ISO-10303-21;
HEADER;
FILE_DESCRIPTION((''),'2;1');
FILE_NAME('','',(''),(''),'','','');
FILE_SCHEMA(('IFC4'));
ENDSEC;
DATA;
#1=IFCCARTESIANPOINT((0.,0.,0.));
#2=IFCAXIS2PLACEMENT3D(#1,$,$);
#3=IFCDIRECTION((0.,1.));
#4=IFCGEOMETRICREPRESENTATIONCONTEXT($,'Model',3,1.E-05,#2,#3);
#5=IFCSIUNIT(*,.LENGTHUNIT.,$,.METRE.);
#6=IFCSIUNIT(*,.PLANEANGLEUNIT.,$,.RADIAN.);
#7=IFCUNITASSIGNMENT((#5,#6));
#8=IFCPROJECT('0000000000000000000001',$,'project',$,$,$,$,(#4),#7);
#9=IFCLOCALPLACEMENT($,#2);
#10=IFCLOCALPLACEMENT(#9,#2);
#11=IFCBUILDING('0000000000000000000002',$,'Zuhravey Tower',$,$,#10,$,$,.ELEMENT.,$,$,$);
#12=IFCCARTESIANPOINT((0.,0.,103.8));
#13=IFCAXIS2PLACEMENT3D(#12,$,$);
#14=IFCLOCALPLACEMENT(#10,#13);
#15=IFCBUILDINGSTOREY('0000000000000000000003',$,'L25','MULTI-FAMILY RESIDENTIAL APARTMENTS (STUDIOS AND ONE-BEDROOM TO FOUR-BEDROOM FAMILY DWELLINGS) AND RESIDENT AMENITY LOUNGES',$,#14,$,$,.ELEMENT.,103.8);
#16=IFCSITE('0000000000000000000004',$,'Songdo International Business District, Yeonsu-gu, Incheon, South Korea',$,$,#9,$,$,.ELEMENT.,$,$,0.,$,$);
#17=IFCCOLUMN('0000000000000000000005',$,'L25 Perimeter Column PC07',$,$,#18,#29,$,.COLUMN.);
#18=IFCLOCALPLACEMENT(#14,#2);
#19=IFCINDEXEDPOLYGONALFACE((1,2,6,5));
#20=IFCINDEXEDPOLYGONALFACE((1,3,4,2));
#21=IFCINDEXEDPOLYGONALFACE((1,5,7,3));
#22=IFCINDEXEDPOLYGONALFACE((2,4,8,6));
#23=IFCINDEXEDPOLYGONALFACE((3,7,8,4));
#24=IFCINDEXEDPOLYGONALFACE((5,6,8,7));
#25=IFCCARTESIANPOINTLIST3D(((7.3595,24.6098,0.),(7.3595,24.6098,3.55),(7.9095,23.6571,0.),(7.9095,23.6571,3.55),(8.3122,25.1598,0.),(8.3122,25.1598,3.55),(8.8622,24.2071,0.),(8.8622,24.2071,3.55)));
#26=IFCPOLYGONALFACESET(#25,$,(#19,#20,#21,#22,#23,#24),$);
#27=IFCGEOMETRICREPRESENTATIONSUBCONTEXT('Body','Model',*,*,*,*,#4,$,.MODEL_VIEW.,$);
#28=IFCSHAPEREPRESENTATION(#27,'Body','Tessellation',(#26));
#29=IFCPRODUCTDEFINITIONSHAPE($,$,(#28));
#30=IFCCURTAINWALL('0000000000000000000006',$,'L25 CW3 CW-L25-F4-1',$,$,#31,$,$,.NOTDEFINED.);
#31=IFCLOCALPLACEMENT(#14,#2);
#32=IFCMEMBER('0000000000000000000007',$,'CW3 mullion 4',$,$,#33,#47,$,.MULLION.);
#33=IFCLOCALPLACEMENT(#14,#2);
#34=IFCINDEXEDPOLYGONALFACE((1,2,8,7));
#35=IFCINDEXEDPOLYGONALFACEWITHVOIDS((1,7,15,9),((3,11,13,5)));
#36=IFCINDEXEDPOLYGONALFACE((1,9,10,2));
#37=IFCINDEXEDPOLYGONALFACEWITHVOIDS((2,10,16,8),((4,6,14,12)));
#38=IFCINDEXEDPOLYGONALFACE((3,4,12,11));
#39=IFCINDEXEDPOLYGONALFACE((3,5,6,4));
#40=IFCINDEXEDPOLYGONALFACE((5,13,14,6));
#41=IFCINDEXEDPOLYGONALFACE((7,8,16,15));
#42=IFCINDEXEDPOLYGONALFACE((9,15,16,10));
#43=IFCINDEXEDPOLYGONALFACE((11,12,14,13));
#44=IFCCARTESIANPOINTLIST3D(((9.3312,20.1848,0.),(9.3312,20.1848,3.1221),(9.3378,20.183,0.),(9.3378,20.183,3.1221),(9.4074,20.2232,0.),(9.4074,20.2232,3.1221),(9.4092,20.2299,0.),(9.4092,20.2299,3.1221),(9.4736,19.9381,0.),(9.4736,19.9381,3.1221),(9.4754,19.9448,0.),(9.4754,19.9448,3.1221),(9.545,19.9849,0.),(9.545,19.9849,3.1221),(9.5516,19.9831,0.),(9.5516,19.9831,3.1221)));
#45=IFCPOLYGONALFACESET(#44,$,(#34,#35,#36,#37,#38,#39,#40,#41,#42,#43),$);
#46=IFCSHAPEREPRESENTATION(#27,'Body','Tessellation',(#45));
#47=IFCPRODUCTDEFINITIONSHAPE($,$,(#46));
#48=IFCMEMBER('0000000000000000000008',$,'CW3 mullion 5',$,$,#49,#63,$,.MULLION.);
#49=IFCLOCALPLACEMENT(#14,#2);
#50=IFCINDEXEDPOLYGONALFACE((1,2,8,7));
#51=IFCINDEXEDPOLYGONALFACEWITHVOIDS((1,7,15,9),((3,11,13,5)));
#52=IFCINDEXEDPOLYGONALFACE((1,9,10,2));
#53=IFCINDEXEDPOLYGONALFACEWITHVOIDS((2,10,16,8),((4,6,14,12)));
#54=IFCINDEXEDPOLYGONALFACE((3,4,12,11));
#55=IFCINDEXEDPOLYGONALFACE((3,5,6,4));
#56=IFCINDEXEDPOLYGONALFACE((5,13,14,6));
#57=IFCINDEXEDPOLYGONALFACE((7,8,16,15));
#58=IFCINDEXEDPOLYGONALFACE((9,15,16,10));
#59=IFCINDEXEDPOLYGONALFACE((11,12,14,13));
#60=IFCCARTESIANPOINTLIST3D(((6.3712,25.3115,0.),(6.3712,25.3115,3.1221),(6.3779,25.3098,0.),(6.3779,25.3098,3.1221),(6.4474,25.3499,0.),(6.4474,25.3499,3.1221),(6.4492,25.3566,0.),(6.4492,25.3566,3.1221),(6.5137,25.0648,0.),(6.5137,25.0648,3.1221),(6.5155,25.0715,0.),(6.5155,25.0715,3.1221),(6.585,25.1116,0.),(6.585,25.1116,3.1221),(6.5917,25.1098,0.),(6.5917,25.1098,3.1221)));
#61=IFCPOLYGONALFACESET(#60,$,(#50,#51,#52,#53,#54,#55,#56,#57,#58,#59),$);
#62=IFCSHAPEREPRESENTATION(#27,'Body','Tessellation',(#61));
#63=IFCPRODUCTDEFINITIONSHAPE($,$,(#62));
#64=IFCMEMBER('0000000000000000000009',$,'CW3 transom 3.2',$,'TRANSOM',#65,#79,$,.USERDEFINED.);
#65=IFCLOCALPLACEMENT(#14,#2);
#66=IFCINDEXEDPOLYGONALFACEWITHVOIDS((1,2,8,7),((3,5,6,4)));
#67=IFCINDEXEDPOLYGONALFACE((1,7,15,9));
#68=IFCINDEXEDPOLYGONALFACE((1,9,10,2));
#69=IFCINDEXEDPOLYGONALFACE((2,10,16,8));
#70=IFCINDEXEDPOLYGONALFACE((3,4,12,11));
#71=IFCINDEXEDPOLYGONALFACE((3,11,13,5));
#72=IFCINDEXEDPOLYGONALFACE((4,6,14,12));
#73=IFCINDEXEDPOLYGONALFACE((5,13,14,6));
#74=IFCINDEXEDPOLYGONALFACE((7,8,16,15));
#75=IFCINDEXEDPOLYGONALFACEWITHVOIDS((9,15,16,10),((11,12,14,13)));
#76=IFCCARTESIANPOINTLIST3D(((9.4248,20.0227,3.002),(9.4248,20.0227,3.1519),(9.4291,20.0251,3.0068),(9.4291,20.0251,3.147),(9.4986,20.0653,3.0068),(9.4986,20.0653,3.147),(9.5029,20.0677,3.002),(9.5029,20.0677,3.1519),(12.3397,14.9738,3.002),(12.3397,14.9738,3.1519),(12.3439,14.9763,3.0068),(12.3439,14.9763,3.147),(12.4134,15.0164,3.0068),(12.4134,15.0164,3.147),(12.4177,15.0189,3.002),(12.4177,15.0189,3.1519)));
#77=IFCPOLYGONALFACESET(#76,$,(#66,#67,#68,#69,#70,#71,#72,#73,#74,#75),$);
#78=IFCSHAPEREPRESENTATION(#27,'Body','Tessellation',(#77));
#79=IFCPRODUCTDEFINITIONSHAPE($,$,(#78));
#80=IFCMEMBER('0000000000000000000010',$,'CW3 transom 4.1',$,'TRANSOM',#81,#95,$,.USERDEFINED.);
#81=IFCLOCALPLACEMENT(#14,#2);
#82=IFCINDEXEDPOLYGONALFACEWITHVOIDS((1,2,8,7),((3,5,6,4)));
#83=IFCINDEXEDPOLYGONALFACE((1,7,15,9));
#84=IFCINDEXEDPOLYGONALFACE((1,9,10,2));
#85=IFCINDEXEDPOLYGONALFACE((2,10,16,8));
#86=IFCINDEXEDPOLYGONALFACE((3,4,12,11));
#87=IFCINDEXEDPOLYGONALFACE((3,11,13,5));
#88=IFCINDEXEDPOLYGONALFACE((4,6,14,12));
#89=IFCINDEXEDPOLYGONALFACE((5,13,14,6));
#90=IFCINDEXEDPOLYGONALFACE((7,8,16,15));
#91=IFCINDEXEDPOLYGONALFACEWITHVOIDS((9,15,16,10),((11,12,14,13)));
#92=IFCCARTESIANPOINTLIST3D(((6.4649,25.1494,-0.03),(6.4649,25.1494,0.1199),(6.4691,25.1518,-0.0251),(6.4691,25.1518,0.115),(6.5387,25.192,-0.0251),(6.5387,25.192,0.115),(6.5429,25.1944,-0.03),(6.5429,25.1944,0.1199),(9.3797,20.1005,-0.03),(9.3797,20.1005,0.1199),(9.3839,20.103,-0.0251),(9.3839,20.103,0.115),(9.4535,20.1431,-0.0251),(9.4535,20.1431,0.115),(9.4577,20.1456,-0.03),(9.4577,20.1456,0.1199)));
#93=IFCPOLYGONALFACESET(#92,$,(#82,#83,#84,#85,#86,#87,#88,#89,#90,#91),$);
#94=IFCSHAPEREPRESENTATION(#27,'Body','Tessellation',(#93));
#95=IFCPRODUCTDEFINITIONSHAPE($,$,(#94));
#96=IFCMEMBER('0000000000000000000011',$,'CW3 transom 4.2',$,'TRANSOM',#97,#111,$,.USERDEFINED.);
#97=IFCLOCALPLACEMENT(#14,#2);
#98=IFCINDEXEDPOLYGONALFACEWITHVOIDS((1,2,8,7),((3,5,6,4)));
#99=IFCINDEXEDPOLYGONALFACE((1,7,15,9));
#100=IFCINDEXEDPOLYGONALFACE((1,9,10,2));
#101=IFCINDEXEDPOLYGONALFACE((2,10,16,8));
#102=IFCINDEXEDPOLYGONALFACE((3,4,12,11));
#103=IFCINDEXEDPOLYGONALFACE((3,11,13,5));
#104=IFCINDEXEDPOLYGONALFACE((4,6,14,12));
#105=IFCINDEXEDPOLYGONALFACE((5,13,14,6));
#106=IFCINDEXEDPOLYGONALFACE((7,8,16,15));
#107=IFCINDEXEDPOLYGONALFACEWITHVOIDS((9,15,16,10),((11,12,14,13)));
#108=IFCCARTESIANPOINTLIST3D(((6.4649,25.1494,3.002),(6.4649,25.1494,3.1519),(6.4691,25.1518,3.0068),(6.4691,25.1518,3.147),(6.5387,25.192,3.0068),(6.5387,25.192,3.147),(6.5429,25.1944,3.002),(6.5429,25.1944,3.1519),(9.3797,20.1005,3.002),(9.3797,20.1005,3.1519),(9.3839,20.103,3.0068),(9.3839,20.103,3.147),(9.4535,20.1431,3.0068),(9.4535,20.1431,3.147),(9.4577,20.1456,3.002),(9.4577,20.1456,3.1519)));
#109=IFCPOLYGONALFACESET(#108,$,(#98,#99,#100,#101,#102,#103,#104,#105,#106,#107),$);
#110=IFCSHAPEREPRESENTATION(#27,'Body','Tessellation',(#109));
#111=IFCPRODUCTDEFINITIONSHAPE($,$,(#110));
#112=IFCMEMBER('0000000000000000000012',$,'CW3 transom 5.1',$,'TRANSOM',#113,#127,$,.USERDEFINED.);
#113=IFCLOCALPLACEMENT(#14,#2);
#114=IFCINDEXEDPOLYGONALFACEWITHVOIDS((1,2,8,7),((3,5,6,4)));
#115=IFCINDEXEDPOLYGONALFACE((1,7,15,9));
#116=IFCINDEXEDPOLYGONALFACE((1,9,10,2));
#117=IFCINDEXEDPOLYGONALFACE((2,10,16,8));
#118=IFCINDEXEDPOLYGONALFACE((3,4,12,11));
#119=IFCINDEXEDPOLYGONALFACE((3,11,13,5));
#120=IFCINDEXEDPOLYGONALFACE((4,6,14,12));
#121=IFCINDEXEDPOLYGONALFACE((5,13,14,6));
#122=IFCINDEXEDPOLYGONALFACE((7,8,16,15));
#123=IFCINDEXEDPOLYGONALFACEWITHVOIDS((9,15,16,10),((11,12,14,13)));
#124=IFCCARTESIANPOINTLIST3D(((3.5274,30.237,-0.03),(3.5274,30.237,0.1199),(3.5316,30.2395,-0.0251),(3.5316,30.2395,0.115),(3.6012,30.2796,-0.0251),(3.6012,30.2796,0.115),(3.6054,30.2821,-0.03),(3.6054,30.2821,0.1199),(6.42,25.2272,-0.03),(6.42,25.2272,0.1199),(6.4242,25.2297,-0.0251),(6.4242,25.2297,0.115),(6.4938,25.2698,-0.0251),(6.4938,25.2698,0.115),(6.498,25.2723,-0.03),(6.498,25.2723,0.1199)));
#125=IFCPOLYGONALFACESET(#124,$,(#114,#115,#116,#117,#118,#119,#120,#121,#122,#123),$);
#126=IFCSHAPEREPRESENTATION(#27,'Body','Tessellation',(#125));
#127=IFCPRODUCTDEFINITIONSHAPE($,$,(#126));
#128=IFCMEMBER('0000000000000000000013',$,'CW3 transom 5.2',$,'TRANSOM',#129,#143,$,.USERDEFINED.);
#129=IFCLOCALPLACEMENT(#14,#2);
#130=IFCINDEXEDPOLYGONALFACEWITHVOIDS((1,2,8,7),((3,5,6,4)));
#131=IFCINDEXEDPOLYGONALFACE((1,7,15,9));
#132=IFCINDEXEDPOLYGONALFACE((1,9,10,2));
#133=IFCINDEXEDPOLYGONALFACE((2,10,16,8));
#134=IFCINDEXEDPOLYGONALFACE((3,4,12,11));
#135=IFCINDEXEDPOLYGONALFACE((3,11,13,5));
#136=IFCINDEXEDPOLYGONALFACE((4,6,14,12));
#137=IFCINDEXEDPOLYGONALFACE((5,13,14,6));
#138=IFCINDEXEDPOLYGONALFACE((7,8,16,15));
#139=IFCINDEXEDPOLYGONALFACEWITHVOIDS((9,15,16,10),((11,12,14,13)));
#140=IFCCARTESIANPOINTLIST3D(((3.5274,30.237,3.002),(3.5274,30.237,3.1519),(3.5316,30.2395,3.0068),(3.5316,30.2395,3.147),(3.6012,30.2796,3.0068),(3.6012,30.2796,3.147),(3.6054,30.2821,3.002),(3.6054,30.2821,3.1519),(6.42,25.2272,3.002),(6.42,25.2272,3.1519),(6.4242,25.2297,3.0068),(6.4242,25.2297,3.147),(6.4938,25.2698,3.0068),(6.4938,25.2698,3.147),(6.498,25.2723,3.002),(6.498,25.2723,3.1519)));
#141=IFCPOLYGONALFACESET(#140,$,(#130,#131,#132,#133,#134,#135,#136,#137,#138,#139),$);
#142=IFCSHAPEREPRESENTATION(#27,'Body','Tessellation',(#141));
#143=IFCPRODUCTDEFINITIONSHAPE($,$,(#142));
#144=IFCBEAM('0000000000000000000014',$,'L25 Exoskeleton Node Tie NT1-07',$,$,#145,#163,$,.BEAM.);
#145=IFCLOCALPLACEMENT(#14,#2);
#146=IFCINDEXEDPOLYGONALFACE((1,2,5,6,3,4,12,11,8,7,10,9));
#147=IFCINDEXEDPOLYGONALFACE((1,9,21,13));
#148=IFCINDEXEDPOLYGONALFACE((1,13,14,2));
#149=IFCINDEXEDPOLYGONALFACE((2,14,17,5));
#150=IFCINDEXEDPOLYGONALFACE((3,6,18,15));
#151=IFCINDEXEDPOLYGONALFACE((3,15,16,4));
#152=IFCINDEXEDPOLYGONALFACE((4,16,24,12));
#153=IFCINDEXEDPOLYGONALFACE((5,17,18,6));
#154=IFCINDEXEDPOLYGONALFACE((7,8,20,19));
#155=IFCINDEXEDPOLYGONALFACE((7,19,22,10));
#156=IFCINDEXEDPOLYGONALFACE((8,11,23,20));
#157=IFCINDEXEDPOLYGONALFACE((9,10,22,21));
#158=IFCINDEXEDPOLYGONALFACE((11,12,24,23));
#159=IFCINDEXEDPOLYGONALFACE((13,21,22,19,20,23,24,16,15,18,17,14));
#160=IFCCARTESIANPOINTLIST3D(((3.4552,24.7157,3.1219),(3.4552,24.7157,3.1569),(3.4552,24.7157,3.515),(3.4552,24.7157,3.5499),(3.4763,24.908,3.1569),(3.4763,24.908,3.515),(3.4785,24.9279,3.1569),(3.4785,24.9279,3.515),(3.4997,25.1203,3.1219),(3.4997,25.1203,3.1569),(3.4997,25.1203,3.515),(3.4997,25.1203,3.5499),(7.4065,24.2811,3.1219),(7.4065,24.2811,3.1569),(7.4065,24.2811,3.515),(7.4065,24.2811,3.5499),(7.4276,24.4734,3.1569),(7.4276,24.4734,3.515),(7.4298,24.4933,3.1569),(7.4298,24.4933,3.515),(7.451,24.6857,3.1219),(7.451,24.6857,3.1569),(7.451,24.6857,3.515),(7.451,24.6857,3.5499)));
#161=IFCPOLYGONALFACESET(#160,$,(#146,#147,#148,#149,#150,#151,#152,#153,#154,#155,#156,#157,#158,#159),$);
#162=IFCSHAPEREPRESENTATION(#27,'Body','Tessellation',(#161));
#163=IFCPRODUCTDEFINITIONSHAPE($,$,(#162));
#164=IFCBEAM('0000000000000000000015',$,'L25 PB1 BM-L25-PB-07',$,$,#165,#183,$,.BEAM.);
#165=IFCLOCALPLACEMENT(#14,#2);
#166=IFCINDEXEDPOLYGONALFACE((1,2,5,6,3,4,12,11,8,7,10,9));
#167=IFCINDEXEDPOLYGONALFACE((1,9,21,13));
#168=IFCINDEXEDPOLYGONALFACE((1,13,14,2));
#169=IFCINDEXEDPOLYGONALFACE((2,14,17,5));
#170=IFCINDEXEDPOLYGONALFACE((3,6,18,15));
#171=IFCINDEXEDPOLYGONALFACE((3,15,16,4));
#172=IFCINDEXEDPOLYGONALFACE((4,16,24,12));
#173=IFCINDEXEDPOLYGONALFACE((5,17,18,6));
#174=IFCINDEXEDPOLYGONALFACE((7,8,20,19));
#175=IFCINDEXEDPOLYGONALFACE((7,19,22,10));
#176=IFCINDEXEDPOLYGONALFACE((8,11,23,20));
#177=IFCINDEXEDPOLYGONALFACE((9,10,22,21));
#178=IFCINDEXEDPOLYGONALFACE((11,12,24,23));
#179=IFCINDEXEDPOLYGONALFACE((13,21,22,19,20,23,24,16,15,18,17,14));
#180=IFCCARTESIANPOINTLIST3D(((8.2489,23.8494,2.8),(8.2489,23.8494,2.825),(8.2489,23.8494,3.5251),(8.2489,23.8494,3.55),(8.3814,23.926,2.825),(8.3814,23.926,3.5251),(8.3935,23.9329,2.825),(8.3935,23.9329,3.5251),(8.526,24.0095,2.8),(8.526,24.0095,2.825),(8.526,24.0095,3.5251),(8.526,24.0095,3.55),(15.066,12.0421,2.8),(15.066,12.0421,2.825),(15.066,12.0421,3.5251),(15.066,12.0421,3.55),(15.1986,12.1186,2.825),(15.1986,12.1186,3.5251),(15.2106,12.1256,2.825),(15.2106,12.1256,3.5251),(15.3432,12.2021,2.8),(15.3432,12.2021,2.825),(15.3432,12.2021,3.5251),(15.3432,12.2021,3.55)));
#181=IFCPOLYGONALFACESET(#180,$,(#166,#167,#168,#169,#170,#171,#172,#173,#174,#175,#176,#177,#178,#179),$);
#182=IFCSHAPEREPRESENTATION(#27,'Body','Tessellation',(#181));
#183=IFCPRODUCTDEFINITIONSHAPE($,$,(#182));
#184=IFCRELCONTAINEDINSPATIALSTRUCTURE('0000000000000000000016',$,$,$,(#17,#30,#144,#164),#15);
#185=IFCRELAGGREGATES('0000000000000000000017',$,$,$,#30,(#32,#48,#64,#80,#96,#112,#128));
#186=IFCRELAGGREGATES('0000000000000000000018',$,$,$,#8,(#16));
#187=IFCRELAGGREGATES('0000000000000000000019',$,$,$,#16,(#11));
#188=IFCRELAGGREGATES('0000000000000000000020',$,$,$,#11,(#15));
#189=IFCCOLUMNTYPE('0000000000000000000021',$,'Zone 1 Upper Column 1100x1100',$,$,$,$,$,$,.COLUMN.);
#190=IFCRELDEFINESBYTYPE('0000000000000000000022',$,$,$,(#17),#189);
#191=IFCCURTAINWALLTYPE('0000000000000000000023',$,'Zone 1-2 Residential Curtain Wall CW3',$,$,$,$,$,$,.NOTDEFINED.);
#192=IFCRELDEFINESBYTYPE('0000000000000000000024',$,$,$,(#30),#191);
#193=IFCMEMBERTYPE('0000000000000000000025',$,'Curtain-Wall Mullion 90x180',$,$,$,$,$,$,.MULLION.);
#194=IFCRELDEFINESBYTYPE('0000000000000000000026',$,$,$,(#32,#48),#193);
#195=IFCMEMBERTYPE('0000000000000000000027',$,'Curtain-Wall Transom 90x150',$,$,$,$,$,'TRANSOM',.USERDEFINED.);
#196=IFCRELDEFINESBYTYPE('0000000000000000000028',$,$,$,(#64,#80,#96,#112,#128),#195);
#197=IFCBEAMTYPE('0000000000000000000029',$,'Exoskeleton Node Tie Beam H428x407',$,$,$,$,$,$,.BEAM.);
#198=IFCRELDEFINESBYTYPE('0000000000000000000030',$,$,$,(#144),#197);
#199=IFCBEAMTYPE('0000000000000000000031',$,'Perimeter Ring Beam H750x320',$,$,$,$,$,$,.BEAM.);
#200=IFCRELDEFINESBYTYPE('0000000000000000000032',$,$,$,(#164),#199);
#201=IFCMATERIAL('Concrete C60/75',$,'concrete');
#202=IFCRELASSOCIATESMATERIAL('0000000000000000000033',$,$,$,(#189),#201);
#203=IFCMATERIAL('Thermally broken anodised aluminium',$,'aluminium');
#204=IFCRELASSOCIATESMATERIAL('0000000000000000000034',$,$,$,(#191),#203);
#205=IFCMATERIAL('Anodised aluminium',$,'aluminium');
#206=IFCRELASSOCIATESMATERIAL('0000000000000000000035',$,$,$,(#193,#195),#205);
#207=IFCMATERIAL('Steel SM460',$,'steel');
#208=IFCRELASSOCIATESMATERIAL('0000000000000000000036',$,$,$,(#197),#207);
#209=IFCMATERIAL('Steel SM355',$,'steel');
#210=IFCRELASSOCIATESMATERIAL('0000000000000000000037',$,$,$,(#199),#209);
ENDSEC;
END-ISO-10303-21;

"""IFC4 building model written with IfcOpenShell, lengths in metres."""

from ifc_helpers import new_model, si_unit, direction, frame, origin, origin_2d, place, context, subcontext, project, spatial, rectangle, hollow_rectangle, i_section, extrude, material, material_profile, profile_set, type_object, element, aggregate, save


model = new_model("IFC4")

# Units and contexts
model_context = context("Model", 3, precision=1e-05, world=origin(), true_north=direction((0.0, 1.0)))
body_context = subcontext(model_context, "Body", "Model", "MODEL_VIEW")
ifc_project = project(units=[si_unit("LENGTHUNIT", "METRE"), si_unit("PLANEANGLEUNIT", "RADIAN")], contexts=[model_context])

# Site, building, storey
site_placement = place(None, origin())
site = spatial("IfcSite", under=ifc_project, at=site_placement, Name="Songdo International Business District, Yeonsu-gu, Incheon, South Korea", CompositionType="ELEMENT", RefElevation=0.0)
building_placement = place(site_placement, origin())
building = spatial("IfcBuilding", under=site, at=building_placement, Name="Zuhravey Tower", CompositionType="ELEMENT")
storey_placement = place(building_placement, frame((0.0, 0.0, 103.8)))
storey = spatial("IfcBuildingStorey", under=building, at=storey_placement, Name="L25", Description="MULTI-FAMILY RESIDENTIAL APARTMENTS (STUDIOS AND ONE-BEDROOM TO FOUR-BEDROOM FAMILY DWELLINGS) AND RESIDENT AMENITY LOUNGES", CompositionType="ELEMENT", Elevation=103.8)

# Column
ifc_material_1 = material(Name="Concrete C60/75", Category="concrete")
ifc_material_profile_1 = material_profile(ifc_material_1, rectangle(XDim=1.1001, YDim=1.1001, at=origin_2d()), Name="RC-1100x1100")
ifc_profile_set_1 = profile_set([ifc_material_profile_1], Name="Concrete C60/75")
column_type = type_object("IfcColumnType", Name="Zone 1 Upper Column 1100x1100", PredefinedType="COLUMN", material=ifc_profile_set_1)
column_placement = place(storey_placement, frame((8.1108, 24.4084, 0.0), z_axis=(0.0, 0.0, 1.0), x_axis=(0.5, -0.866025, 0.0)))
element("IfcColumn", 1, at=column_placement, inside=storey, type_object=column_type, Name="L25 Perimeter Column PC07", PredefinedType="COLUMN", context=body_context, shape_type="SweptSolid", body=[
    extrude(rectangle(XDim=1.1001, YDim=1.1001, at=origin_2d()), origin(), (0.0, 0.0, 1.0), 3.55),
])

# Curtain wall, members
ifc_material_2 = material(Name="Thermally broken anodised aluminium", Category="aluminium")
curtain_wall_type = type_object("IfcCurtainWallType", Name="Zone 1-2 Residential Curtain Wall CW3", PredefinedType="NOTDEFINED", material=ifc_material_2)
curtain_wall_placement = place(storey_placement, origin())
curtain_wall = element("IfcCurtainWall", 2, at=curtain_wall_placement, inside=storey, type_object=curtain_wall_type, Name="L25 CW3 CW-L25-F4-1", PredefinedType="NOTDEFINED")
ifc_material_3 = material(Name="Anodised aluminium", Category="aluminium")
ifc_material_profile_2 = material_profile(ifc_material_3, hollow_rectangle(XDim=0.0901, YDim=0.2849, WallThickness=0.0049, at=origin_2d()), Name="ALU-RHS-90x285x5")
ifc_profile_set_2 = profile_set([ifc_material_profile_2], Name="Anodised aluminium")
member_type_1 = type_object("IfcMemberType", Name="Curtain-Wall Mullion 90x180", PredefinedType="MULLION", material=ifc_profile_set_2)
member_1_placement = place(storey_placement, frame((9.4414, 20.084, 0.0), z_axis=(0.0, 0.0, 1.0), x_axis=(-0.866026, -0.5, 0.0)))
member_1 = element("IfcMember", 3, at=member_1_placement, type_object=member_type_1, Name="CW3 mullion 4", PredefinedType="MULLION", context=body_context, shape_type="SweptSolid", body=[
    extrude(hollow_rectangle(XDim=0.0901, YDim=0.2849, WallThickness=0.0049, at=origin_2d()), origin(), (0.0, 0.0, 1.0), 3.1221),
])
member_2_placement = place(storey_placement, frame((6.4814, 25.2107, 0.0), z_axis=(0.0, 0.0, 1.0), x_axis=(-0.866026, -0.5, 0.0)))
member_2 = element("IfcMember", 4, at=member_2_placement, type_object=member_type_1, Name="CW3 mullion 5", PredefinedType="MULLION", context=body_context, shape_type="SweptSolid", body=[
    extrude(hollow_rectangle(XDim=0.0901, YDim=0.2849, WallThickness=0.0049, at=origin_2d()), origin(), (0.0, 0.0, 1.0), 3.1221),
])
ifc_material_profile_3 = material_profile(ifc_material_3, hollow_rectangle(XDim=0.0901, YDim=0.1499, WallThickness=0.0049, at=origin_2d()), Name="ALU-RHS-90x150x5")
ifc_profile_set_3 = profile_set([ifc_material_profile_3], Name="Anodised aluminium")
member_type_2 = type_object("IfcMemberType", Name="Curtain-Wall Transom 90x150", ElementType="TRANSOM", PredefinedType="USERDEFINED", material=ifc_profile_set_3)
member_3_placement = place(storey_placement, frame((12.3787, 14.9963, 3.0769), z_axis=(-0.499981, 0.866036, 0.0), x_axis=(-0.866036, -0.499981, 0.0)))
member_3 = element("IfcMember", 5, at=member_3_placement, type_object=member_type_2, Name="CW3 transom 3.2", ObjectType="TRANSOM", PredefinedType="USERDEFINED", context=body_context, shape_type="SweptSolid", body=[
    extrude(hollow_rectangle(XDim=0.0901, YDim=0.1499, WallThickness=0.0049, at=origin_2d()), origin(), (0.0, 0.0, 1.0), 5.8298),
])
member_4_placement = place(storey_placement, frame((9.4187, 20.123, 0.0449), z_axis=(-0.499981, 0.866036, 0.0), x_axis=(-0.866036, -0.499981, 0.0)))
member_4 = element("IfcMember", 6, at=member_4_placement, type_object=member_type_2, Name="CW3 transom 4.1", ObjectType="TRANSOM", PredefinedType="USERDEFINED", context=body_context, shape_type="SweptSolid", body=[
    extrude(hollow_rectangle(XDim=0.0901, YDim=0.1499, WallThickness=0.0049, at=origin_2d()), origin(), (0.0, 0.0, 1.0), 5.8298),
])
member_5_placement = place(storey_placement, frame((9.4187, 20.123, 3.0769), z_axis=(-0.499981, 0.866036, 0.0), x_axis=(-0.866036, -0.499981, 0.0)))
member_5 = element("IfcMember", 7, at=member_5_placement, type_object=member_type_2, Name="CW3 transom 4.2", ObjectType="TRANSOM", PredefinedType="USERDEFINED", context=body_context, shape_type="SweptSolid", body=[
    extrude(hollow_rectangle(XDim=0.0901, YDim=0.1499, WallThickness=0.0049, at=origin_2d()), origin(), (0.0, 0.0, 1.0), 5.8298),
])
member_6_placement = place(storey_placement, frame((6.459, 25.2498, 0.0449), z_axis=(-0.500024, 0.866011, 0.0), x_axis=(-0.866011, -0.500024, 0.0)))
member_6 = element("IfcMember", 8, at=member_6_placement, type_object=member_type_2, Name="CW3 transom 5.1", ObjectType="TRANSOM", PredefinedType="USERDEFINED", context=body_context, shape_type="SweptSolid", body=[
    extrude(hollow_rectangle(XDim=0.0901, YDim=0.1499, WallThickness=0.0049, at=origin_2d()), origin(), (0.0, 0.0, 1.0), 5.7849),
])
member_7_placement = place(storey_placement, frame((6.459, 25.2498, 3.0769), z_axis=(-0.500024, 0.866011, 0.0), x_axis=(-0.866011, -0.500024, 0.0)))
member_7 = element("IfcMember", 9, at=member_7_placement, type_object=member_type_2, Name="CW3 transom 5.2", ObjectType="TRANSOM", PredefinedType="USERDEFINED", context=body_context, shape_type="SweptSolid", body=[
    extrude(hollow_rectangle(XDim=0.0901, YDim=0.1499, WallThickness=0.0049, at=origin_2d()), origin(), (0.0, 0.0, 1.0), 5.7849),
])

# Beams
ifc_material_4 = material(Name="Steel SM460", Category="steel")
ifc_material_profile_4 = material_profile(ifc_material_4, i_section(OverallWidth=0.407, OverallDepth=0.428, WebThickness=0.02, FlangeThickness=0.0349, at=origin_2d()), Name="H-428x407x20x35")
ifc_profile_set_4 = profile_set([ifc_material_profile_4], Name="Steel SM460")
beam_type_1 = type_object("IfcBeamType", Name="Exoskeleton Node Tie Beam H428x407", PredefinedType="BEAM", material=ifc_profile_set_4)
beam_1_placement = place(storey_placement, frame((7.4287, 24.4834, 3.3359), z_axis=(-0.994006, 0.109326, 0.0), x_axis=(-0.109326, -0.994006, 0.0)))
element("IfcBeam", 10, at=beam_1_placement, inside=storey, type_object=beam_type_1, Name="L25 Exoskeleton Node Tie NT1-07", PredefinedType="BEAM", context=body_context, shape_type="SweptSolid", body=[
    extrude(i_section(OverallWidth=0.407, OverallDepth=0.428, WebThickness=0.02, FlangeThickness=0.0349, at=origin_2d()), origin(), (0.0, 0.0, 1.0), 3.9751),
])
ifc_material_5 = material(Name="Steel SM355", Category="steel")
ifc_material_profile_5 = material_profile(ifc_material_5, i_section(OverallWidth=0.3201, OverallDepth=0.75, WebThickness=0.0139, FlangeThickness=0.0249, at=origin_2d()), Name="H-750x320x14x25")
ifc_profile_set_5 = profile_set([ifc_material_profile_5], Name="Steel SM355")
beam_type_2 = type_object("IfcBeamType", Name="Perimeter Ring Beam H750x320", PredefinedType="BEAM", material=ifc_profile_set_5)
beam_2_placement = place(storey_placement, frame((8.3875, 23.9294, 3.175), z_axis=(0.500008, -0.866021, 0.0), x_axis=(0.866021, 0.500008, 0.0)))
element("IfcBeam", 11, at=beam_2_placement, inside=storey, type_object=beam_type_2, Name="L25 PB1 BM-L25-PB-07", PredefinedType="BEAM", context=body_context, shape_type="SweptSolid", body=[
    extrude(i_section(OverallWidth=0.3201, OverallDepth=0.75, WebThickness=0.0139, FlangeThickness=0.0249, at=origin_2d()), origin(), (0.0, 0.0, 1.0), 13.634),
])

aggregate(curtain_wall, [member_1, member_2, member_3, member_4, member_5, member_6, member_7])

save(model, "model.ifc")
